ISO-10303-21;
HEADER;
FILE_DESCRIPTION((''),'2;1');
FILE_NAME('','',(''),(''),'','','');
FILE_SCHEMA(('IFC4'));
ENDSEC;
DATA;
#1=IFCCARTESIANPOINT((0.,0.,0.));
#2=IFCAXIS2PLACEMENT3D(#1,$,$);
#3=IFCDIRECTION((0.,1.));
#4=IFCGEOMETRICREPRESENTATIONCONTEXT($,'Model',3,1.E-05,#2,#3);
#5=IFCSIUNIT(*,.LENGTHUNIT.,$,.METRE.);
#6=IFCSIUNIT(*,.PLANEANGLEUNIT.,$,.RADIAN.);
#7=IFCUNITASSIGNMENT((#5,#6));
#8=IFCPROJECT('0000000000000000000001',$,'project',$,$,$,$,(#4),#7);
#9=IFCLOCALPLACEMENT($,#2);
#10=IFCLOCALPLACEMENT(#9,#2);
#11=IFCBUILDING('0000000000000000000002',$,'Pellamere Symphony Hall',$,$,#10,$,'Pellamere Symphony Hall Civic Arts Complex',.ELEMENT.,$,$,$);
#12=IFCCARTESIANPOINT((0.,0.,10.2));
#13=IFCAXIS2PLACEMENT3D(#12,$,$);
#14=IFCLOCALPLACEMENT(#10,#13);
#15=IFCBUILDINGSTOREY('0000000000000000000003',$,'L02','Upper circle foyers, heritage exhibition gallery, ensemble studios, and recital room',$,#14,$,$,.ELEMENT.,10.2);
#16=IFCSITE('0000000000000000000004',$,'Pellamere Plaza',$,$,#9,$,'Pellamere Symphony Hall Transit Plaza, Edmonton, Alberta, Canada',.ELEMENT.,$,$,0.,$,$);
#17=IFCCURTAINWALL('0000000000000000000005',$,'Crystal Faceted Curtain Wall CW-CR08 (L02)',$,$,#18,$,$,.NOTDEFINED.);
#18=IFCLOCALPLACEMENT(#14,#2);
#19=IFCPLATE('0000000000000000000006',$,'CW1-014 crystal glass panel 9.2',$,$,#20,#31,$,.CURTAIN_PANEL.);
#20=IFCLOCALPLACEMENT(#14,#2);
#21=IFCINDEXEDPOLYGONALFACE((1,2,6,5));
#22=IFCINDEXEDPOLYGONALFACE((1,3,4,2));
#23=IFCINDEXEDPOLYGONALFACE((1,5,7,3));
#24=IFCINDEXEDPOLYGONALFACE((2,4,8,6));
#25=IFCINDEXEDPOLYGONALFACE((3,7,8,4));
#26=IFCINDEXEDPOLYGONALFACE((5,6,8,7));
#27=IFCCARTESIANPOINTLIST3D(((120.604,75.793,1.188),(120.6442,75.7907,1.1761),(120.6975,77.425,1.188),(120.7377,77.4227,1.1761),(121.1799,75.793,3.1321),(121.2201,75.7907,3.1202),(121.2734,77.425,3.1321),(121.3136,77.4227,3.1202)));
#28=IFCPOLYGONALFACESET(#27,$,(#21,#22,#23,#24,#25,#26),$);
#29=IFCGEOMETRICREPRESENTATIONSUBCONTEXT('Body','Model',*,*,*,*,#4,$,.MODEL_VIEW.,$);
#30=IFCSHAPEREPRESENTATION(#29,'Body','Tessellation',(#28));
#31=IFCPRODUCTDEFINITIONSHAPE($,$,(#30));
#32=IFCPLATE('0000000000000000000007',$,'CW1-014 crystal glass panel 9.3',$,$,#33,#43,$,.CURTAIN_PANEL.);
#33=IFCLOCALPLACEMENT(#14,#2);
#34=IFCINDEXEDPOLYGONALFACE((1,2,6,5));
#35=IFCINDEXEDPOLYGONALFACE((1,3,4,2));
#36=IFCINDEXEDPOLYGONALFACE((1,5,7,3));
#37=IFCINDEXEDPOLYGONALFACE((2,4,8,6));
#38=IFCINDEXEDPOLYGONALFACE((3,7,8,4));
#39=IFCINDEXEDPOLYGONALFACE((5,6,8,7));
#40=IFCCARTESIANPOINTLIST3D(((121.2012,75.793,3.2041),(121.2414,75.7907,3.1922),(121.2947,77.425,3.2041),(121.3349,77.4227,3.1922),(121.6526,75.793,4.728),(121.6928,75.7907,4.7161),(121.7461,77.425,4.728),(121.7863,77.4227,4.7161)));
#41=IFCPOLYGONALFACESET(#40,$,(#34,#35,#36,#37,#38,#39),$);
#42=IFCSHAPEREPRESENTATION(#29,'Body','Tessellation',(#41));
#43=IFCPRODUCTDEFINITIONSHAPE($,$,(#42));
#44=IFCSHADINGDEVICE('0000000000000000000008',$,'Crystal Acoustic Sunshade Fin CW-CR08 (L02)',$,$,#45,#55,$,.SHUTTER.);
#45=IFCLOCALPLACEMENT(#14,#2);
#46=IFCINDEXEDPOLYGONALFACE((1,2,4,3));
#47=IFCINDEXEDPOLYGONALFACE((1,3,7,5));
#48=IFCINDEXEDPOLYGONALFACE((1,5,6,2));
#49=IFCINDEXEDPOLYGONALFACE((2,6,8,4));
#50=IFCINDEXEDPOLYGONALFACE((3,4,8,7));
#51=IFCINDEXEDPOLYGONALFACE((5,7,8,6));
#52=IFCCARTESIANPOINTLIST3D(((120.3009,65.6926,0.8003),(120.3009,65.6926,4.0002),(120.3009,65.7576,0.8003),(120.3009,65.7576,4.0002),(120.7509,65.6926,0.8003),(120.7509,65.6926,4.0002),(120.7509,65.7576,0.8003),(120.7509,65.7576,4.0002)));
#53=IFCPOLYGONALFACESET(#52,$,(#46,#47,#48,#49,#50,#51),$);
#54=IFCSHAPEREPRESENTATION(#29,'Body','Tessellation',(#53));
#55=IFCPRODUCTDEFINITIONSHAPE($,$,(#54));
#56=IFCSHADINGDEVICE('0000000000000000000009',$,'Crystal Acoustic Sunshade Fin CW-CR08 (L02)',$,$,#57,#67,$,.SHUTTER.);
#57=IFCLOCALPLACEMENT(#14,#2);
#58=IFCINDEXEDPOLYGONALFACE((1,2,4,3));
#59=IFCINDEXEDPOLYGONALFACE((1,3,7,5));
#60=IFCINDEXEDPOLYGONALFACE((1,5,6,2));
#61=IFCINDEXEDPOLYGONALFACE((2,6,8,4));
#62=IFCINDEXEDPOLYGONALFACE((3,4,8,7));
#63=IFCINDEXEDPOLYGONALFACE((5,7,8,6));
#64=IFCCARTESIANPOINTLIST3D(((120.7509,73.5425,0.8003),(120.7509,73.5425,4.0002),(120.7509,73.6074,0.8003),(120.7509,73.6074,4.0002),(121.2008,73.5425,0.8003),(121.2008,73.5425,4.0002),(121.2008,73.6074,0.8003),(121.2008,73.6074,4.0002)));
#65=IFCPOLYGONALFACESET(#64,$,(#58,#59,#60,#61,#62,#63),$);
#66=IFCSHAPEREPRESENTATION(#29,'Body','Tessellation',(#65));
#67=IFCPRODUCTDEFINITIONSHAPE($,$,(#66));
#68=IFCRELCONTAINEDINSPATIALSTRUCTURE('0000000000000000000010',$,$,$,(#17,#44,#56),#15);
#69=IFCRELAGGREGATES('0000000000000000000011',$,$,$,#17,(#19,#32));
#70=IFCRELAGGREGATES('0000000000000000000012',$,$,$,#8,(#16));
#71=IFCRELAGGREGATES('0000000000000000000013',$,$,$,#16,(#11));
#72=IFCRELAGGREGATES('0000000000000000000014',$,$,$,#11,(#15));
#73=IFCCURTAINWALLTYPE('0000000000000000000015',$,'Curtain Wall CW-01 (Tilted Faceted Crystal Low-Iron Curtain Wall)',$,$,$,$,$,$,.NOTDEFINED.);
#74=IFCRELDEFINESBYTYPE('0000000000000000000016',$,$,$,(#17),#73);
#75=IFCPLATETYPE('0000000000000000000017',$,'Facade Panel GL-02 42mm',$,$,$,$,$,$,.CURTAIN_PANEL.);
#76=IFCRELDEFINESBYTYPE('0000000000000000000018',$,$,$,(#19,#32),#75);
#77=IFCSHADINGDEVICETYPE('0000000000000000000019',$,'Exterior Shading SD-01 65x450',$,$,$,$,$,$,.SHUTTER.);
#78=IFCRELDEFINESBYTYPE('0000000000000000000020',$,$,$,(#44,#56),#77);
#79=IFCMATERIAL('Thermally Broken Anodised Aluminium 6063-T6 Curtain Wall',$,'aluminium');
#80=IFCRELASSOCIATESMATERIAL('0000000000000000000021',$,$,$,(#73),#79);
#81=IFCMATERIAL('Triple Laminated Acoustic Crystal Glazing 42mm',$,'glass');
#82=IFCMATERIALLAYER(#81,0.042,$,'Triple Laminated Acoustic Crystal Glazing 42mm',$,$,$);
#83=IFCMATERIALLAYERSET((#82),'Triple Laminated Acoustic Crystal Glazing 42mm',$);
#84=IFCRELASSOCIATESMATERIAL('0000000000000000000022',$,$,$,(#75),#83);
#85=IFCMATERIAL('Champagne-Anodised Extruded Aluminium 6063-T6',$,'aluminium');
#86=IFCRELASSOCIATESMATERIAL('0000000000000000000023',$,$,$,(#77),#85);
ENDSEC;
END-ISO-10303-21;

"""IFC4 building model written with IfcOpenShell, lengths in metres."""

from ifc_helpers import new_model, si_unit, direction, frame, origin, origin_2d, place, context, subcontext, project, spatial, polyline, rectangle, outline, extrude, material, layer, layer_set, type_object, element, aggregate, save


model = new_model("IFC4")

# Units and contexts
model_context = context("Model", 3, precision=1e-05, world=origin(), true_north=direction((0.0, 1.0)))
body_context = subcontext(model_context, "Body", "Model", "MODEL_VIEW")
ifc_project = project(units=[si_unit("LENGTHUNIT", "METRE"), si_unit("PLANEANGLEUNIT", "RADIAN")], contexts=[model_context])

# Site, building, storey
site_placement = place(None, origin())
site = spatial("IfcSite", under=ifc_project, at=site_placement, Name="Pellamere Plaza", LongName="Pellamere Symphony Hall Transit Plaza, Edmonton, Alberta, Canada", CompositionType="ELEMENT", RefElevation=0.0)
building_placement = place(site_placement, origin())
building = spatial("IfcBuilding", under=site, at=building_placement, Name="Pellamere Symphony Hall", LongName="Pellamere Symphony Hall Civic Arts Complex", CompositionType="ELEMENT")
storey_placement = place(building_placement, frame((0.0, 0.0, 10.2)))
storey = spatial("IfcBuildingStorey", under=building, at=storey_placement, Name="L02", Description="Upper circle foyers, heritage exhibition gallery, ensemble studios, and recital room", CompositionType="ELEMENT", Elevation=10.2)

# Shared definitions
ifc_material_1 = material(Name="Thermally Broken Anodised Aluminium 6063-T6 Curtain Wall", Category="aluminium")

# Curtain wall
curtain_wall_type_1 = type_object("IfcCurtainWallType", Name="Curtain Wall CW-01 (Tilted Faceted Crystal Low-Iron Curtain Wall)", PredefinedType="NOTDEFINED", material=ifc_material_1)
curtain_wall_1_placement = place(storey_placement, origin())
curtain_wall_1 = element("IfcCurtainWall", 1, at=curtain_wall_1_placement, inside=storey, type_object=curtain_wall_type_1, Name="Crystal Faceted Curtain Wall CW-CR08 (L02)", PredefinedType="NOTDEFINED")

# Plates
ifc_material_2 = material(Name="Triple Laminated Acoustic Crystal Glazing 42mm", Category="glass")
ifc_layer_1 = layer(ifc_material_2, 0.042, Name="Triple Laminated Acoustic Crystal Glazing 42mm")
ifc_layer_set_1 = layer_set([ifc_layer_1], Name="Triple Laminated Acoustic Crystal Glazing 42mm")
plate_type_1 = type_object("IfcPlateType", Name="Facade Panel GL-02 42mm", PredefinedType="CURTAIN_PANEL", material=ifc_layer_set_1)
plate_1_placement = place(storey_placement, frame((120.604, 75.793, 1.188), z_axis=(-0.957368, 0.05485, 0.283616), x_axis=(0.057199, 0.998363, 0.0)))
plate_1 = element("IfcPlate", 2, at=plate_1_placement, type_object=plate_type_1, Name="CW1-014 crystal glass panel 9.2", PredefinedType="CURTAIN_PANEL", context=body_context, shape_type="SweptSolid", body=[
    extrude(outline(polyline([(0.0, 0.0), (1.6348, 0.0), (1.6677, -2.0273), (0.0329, -2.0273), (0.0, 0.0)])), origin(), (0.0, 0.0, -1.0), 0.042),
])
plate_2_placement = place(storey_placement, frame((121.2012, 75.793, 3.2041), z_axis=(-0.957375, 0.05485, 0.283593), x_axis=(0.057199, 0.998363, 0.0)))
plate_2 = element("IfcPlate", 3, at=plate_2_placement, type_object=plate_type_1, Name="CW1-014 crystal glass panel 9.3", PredefinedType="CURTAIN_PANEL", context=body_context, shape_type="SweptSolid", body=[
    extrude(outline(polyline([(0.0, 0.0), (1.6348, 0.0), (1.6606, -1.5892), (0.0258, -1.5892), (0.0, 0.0)])), origin(), (0.0, 0.0, -1.0), 0.042),
])
aggregate(curtain_wall_1, [plate_1, plate_2])

# Shading devices
ifc_material_3 = material(Name="Champagne-Anodised Extruded Aluminium 6063-T6", Category="aluminium")
shading_device_type = type_object("IfcShadingDeviceType", Name="Exterior Shading SD-01 65x450", PredefinedType="SHUTTER", material=ifc_material_3)
for number, where, z_axis, x_axis, name in (
    (4, (120.5259, 65.7251, 0.8003), (0.0, 0.0, 1.0), (0.0, 1.0, 0.0), "Crystal Acoustic Sunshade Fin CW-CR08 (L02)"),
    (5, (120.9758, 73.575, 0.8003), (0.0, 0.0, 1.0), (0.0, 1.0, 0.0), "Crystal Acoustic Sunshade Fin CW-CR08 (L02)"),
):
    element("IfcShadingDevice", number, at=place(storey_placement, frame(where, z_axis=z_axis, x_axis=x_axis)), inside=storey, type_object=shading_device_type, Name=name, PredefinedType="SHUTTER", context=body_context, shape_type="SweptSolid", body=[
        extrude(rectangle(XDim=0.0649, YDim=0.45, at=origin_2d()), origin(), (0.0, 0.0, 1.0), 3.2),
    ])

save(model, "model.ifc")
